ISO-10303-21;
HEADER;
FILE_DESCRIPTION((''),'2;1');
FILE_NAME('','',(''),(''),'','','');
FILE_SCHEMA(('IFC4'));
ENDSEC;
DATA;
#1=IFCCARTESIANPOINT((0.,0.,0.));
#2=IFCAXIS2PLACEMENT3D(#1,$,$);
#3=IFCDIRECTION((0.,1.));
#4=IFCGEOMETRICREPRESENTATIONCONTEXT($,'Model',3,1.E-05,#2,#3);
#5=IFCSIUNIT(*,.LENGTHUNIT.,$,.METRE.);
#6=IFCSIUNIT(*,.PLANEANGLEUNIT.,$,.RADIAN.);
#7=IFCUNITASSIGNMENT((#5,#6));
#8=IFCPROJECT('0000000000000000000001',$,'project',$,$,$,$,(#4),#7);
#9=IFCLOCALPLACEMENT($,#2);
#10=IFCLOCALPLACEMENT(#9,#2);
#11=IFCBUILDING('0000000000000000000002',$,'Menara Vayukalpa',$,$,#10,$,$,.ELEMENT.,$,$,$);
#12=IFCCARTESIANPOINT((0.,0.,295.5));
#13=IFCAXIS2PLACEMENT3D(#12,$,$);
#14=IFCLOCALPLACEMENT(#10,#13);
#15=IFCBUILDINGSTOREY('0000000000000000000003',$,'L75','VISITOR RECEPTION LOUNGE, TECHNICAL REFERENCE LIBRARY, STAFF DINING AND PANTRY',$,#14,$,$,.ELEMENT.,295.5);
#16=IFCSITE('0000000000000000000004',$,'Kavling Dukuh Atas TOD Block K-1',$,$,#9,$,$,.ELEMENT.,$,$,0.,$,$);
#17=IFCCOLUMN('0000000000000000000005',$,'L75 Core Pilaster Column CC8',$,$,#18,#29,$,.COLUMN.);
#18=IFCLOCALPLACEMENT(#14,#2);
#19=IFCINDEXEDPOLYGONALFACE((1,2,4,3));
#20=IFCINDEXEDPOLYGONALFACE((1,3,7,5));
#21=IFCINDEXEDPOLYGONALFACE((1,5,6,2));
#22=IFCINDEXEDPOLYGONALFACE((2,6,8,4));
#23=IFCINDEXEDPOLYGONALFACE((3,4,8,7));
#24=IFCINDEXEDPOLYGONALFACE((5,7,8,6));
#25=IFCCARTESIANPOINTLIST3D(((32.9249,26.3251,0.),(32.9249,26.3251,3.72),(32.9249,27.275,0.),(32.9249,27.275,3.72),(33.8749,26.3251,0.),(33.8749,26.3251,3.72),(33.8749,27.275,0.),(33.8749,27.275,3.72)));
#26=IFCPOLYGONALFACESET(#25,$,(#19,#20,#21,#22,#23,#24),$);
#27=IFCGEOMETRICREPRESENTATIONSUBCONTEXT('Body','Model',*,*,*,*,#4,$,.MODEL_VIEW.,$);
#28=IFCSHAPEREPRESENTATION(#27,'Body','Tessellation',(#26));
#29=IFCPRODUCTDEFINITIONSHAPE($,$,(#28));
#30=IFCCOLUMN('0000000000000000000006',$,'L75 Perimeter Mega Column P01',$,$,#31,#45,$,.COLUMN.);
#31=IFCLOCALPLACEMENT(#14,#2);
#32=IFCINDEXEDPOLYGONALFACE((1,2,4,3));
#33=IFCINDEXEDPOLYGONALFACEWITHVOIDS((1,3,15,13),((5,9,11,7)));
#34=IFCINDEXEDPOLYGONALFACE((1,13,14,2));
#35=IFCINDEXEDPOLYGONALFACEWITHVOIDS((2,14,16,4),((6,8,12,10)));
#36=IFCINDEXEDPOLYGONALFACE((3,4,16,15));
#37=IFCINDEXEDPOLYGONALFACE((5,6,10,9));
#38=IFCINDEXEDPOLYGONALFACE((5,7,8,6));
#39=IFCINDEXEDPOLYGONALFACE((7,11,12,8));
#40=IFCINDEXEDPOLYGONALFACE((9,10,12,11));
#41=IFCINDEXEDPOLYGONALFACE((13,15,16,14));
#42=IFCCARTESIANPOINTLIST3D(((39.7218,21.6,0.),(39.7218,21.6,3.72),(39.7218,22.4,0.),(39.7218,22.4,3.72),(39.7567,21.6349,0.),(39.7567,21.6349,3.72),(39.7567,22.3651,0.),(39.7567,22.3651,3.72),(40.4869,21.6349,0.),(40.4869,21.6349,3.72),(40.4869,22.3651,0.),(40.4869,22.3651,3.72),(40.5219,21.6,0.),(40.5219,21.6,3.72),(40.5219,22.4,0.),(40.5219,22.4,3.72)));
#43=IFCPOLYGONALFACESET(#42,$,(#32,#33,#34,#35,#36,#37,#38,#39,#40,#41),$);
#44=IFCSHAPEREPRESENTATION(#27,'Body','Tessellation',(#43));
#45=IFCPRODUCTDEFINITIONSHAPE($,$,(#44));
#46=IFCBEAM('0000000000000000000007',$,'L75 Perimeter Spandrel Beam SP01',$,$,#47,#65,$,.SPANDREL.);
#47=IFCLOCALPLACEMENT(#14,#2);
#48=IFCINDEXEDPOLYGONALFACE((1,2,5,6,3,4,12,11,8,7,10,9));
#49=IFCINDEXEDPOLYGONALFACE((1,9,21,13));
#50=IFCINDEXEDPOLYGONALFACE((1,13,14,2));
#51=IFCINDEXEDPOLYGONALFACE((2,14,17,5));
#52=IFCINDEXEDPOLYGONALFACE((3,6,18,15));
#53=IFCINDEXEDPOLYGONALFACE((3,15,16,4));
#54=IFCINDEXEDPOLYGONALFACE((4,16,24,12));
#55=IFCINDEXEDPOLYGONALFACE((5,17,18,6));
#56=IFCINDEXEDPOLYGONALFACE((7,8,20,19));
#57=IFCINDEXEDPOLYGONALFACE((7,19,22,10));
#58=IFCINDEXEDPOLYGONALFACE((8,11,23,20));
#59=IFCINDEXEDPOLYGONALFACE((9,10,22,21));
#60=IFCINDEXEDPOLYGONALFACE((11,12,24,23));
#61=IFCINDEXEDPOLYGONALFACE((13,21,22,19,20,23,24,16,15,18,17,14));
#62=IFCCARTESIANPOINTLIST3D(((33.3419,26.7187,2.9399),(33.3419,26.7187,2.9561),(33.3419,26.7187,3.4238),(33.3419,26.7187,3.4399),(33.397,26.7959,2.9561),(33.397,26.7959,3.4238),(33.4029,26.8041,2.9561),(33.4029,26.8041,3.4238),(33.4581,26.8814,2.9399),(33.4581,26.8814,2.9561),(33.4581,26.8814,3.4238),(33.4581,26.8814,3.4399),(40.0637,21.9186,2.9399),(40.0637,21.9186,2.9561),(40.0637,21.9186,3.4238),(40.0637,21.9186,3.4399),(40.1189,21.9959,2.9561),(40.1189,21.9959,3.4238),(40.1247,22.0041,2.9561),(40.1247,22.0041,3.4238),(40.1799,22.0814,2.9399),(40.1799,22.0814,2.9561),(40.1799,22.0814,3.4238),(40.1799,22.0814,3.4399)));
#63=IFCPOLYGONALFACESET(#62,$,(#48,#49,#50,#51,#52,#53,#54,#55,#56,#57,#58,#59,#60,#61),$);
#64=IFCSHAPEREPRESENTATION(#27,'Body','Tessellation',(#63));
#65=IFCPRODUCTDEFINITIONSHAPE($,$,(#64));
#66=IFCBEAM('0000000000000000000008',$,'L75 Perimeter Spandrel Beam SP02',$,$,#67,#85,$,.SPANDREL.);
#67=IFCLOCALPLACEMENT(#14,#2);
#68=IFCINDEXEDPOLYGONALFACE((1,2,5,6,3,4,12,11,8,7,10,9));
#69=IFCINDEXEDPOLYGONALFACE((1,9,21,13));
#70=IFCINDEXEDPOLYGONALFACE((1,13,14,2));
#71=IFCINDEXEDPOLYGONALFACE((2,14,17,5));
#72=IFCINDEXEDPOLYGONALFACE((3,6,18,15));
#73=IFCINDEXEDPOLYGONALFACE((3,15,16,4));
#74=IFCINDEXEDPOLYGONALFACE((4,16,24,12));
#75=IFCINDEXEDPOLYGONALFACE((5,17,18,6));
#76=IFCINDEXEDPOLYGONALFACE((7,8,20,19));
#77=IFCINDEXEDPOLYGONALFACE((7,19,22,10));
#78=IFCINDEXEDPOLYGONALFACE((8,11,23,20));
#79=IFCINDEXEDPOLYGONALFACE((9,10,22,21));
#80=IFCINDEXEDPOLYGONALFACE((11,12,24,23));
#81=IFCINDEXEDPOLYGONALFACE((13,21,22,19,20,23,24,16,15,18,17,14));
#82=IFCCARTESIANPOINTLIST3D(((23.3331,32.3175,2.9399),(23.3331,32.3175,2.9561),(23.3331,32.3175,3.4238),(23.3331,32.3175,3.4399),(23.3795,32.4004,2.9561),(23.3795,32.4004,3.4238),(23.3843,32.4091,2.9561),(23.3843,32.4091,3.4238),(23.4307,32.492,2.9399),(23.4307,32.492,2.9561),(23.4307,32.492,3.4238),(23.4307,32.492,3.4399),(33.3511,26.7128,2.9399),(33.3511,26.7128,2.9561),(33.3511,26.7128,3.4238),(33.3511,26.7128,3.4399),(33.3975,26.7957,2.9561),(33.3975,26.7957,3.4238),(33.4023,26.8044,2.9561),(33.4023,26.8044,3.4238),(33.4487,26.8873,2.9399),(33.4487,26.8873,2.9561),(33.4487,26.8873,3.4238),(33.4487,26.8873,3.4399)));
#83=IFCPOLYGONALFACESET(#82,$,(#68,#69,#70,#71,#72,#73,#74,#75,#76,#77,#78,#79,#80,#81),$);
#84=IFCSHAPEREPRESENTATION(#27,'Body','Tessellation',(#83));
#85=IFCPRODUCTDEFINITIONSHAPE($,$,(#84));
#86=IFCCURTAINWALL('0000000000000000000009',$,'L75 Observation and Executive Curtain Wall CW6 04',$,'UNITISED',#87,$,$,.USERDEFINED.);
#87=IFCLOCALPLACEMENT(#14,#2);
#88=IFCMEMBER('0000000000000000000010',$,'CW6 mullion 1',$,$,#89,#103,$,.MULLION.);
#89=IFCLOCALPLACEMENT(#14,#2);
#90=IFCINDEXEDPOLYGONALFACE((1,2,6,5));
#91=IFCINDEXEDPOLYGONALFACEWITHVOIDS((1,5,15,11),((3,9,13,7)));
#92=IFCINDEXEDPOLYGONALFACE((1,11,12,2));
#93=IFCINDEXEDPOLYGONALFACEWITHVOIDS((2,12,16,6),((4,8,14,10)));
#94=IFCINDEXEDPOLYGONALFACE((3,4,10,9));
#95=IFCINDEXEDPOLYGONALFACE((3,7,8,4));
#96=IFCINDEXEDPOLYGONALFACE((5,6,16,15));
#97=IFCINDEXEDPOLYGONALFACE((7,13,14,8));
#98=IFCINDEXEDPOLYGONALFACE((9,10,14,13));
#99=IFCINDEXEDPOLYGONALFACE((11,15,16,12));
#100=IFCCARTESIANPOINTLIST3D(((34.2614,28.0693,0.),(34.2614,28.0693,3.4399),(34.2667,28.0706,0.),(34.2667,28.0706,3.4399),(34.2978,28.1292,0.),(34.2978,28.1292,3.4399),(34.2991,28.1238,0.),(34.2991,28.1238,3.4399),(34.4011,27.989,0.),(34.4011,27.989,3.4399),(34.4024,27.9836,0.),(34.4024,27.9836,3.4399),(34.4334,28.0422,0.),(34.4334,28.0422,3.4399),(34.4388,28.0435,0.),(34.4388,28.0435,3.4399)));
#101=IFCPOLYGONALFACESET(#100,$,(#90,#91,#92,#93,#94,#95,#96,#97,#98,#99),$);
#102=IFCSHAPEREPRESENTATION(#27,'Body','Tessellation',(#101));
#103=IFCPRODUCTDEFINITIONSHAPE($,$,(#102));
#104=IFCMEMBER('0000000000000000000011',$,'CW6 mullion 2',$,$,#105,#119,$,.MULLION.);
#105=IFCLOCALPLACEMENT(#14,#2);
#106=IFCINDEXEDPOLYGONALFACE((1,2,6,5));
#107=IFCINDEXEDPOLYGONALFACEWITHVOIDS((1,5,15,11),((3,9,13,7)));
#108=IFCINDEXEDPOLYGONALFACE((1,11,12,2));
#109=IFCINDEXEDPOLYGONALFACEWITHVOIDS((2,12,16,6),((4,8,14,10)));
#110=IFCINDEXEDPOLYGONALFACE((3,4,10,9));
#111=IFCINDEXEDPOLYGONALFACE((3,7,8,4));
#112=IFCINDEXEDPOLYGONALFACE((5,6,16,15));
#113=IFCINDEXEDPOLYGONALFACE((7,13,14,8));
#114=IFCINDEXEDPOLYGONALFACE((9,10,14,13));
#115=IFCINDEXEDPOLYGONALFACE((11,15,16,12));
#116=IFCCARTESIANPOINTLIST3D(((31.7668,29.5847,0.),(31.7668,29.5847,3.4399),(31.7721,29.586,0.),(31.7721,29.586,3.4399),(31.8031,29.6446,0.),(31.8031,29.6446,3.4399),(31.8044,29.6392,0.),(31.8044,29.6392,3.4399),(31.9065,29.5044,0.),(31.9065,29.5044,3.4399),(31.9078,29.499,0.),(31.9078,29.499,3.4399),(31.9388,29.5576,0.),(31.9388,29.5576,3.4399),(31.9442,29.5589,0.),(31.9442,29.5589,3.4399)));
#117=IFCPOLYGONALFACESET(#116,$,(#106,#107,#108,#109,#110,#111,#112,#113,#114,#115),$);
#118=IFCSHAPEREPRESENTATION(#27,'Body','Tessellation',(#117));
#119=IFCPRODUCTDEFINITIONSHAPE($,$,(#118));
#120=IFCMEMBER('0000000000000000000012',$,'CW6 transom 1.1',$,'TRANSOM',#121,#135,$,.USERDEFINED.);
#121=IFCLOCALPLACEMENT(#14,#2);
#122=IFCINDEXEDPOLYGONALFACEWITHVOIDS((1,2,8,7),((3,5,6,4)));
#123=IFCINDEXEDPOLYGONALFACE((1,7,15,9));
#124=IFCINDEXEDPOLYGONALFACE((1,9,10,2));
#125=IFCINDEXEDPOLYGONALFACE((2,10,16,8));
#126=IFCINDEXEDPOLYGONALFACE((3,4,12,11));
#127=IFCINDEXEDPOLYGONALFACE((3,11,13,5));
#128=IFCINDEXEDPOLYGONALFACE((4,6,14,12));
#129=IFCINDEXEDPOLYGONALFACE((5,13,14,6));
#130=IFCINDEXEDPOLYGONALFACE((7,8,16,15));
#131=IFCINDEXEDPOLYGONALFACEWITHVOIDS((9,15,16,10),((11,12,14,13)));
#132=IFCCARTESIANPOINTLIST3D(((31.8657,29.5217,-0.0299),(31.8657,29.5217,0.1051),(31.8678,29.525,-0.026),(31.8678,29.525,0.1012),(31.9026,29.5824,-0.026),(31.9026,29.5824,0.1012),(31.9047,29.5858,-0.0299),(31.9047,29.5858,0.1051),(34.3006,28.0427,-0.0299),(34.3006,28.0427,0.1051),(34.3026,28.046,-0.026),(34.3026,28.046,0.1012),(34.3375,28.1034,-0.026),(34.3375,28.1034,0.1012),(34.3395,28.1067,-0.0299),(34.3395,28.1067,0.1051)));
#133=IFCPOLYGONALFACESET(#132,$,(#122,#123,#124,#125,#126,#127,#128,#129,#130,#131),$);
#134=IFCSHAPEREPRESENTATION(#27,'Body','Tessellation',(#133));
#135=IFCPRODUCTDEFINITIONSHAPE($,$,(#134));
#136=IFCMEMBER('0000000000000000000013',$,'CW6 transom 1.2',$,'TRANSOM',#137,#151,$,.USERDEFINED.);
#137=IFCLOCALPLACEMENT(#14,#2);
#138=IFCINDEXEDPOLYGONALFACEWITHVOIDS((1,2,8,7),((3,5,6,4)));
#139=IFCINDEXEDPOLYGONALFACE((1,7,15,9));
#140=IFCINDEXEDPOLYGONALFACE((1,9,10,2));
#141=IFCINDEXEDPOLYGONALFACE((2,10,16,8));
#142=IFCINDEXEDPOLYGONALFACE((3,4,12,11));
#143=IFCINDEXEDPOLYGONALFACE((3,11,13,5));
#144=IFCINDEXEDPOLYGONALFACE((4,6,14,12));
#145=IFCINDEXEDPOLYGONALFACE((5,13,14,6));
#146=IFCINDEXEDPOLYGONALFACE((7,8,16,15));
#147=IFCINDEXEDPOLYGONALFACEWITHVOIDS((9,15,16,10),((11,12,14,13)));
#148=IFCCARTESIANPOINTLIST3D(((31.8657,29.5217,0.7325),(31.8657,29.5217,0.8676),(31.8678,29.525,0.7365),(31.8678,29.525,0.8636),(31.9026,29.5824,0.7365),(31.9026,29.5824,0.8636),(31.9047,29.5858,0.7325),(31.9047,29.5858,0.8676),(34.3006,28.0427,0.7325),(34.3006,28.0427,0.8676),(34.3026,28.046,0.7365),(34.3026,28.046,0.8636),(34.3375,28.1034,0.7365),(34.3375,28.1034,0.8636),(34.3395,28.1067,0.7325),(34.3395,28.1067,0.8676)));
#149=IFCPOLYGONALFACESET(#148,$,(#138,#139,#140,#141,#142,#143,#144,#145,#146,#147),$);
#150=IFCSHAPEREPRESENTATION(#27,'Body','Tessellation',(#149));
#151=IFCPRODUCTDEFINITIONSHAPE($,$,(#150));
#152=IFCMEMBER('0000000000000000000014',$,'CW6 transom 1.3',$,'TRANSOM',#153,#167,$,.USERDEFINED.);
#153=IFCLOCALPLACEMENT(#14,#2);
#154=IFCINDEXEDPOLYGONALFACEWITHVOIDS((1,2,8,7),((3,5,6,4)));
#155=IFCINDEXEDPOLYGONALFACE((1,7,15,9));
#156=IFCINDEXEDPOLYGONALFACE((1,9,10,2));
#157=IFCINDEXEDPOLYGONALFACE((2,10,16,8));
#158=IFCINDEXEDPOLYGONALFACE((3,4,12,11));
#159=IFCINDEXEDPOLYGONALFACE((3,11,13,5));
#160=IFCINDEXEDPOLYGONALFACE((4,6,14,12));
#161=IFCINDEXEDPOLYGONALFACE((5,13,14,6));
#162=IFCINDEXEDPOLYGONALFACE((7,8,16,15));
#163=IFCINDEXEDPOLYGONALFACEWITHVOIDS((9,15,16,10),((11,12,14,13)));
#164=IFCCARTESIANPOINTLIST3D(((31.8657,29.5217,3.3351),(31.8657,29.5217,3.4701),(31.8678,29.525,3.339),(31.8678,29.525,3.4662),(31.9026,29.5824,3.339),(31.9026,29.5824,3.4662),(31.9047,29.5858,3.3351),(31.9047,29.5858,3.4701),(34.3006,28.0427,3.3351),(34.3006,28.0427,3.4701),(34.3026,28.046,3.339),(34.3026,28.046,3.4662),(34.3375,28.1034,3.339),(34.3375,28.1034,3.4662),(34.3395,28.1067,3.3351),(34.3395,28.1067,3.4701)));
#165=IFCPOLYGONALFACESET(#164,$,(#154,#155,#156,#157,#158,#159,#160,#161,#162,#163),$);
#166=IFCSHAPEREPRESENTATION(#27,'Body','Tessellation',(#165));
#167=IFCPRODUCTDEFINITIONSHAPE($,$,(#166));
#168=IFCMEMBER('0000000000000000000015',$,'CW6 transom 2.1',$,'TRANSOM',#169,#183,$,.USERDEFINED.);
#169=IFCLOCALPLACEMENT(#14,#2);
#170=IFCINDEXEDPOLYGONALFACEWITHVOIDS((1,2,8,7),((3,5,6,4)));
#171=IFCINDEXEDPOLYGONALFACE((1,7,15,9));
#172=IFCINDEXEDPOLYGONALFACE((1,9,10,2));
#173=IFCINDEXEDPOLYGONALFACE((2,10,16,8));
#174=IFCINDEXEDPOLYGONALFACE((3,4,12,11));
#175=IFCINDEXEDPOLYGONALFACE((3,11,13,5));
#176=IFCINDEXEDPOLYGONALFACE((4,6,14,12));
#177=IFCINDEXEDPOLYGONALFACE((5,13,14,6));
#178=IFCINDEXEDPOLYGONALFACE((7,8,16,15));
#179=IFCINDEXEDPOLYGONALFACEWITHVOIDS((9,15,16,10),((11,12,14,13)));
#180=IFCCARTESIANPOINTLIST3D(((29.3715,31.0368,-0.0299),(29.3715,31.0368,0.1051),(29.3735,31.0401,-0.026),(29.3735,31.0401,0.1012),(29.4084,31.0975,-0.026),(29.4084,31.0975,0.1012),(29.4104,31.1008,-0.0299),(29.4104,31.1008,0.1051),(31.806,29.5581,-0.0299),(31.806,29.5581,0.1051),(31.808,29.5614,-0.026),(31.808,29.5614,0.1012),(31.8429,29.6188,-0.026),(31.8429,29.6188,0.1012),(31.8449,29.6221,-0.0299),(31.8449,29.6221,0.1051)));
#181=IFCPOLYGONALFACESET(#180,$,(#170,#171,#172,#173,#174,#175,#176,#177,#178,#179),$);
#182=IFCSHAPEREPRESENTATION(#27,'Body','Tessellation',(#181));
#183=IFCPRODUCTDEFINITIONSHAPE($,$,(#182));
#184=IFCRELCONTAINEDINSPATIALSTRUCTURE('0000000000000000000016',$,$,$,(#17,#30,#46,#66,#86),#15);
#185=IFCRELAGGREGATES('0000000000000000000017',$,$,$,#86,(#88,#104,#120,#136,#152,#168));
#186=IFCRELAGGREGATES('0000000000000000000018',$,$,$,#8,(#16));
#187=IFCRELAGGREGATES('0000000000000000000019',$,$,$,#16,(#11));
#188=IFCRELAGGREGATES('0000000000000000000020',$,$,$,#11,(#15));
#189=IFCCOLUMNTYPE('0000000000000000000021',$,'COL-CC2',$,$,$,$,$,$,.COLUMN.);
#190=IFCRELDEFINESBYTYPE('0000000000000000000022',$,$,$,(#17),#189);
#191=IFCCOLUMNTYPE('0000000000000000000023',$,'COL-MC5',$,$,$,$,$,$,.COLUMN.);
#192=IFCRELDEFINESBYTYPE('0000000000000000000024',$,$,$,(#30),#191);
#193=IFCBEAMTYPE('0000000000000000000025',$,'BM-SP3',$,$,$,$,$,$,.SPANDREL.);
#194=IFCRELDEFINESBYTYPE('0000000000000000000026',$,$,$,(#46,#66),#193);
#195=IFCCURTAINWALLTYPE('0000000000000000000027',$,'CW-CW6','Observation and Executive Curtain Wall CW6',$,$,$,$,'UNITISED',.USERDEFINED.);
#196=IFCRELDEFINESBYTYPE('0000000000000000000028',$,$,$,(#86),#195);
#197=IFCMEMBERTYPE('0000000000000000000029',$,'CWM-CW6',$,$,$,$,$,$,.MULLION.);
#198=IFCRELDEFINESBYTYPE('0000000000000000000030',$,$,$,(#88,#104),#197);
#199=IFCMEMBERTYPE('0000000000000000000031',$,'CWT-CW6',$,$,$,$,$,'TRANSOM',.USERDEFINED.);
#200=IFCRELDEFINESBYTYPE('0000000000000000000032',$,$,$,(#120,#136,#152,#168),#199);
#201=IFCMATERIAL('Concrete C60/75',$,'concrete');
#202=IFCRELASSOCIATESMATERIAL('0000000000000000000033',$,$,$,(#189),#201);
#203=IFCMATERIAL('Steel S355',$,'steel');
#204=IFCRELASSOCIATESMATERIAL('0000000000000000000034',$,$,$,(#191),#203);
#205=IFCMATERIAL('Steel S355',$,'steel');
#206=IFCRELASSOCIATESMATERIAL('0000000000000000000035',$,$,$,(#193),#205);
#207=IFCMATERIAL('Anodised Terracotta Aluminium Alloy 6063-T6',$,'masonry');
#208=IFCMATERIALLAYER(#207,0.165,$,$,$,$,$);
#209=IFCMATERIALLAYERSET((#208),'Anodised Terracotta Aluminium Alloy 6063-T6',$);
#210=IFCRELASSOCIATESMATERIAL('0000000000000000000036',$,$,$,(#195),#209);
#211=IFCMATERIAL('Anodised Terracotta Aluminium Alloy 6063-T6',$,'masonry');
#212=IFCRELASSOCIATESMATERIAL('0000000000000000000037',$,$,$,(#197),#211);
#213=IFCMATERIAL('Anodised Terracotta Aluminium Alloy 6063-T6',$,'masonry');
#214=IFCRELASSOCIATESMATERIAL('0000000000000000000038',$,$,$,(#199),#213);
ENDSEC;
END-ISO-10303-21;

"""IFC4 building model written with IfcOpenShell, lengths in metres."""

from ifc_helpers import new_model, si_unit, direction, frame, origin, origin_2d, place, context, subcontext, project, spatial, rectangle, hollow_rectangle, i_section, extrude, material, layer, layer_set, material_profile, profile_set, type_object, element, aggregate, save


model = new_model("IFC4")

# Units and contexts
model_context = context("Model", 3, precision=1e-05, world=origin(), true_north=direction((0.0, 1.0)))
body_context = subcontext(model_context, "Body", "Model", "MODEL_VIEW")
ifc_project = project(units=[si_unit("LENGTHUNIT", "METRE"), si_unit("PLANEANGLEUNIT", "RADIAN")], contexts=[model_context])

# Site, building, storey
site_placement = place(None, origin())
site = spatial("IfcSite", under=ifc_project, at=site_placement, Name="Kavling Dukuh Atas TOD Block K-1", CompositionType="ELEMENT", RefElevation=0.0)
building_placement = place(site_placement, origin())
building = spatial("IfcBuilding", under=site, at=building_placement, Name="Menara Vayukalpa", CompositionType="ELEMENT")
storey_placement = place(building_placement, frame((0.0, 0.0, 295.5)))
storey = spatial("IfcBuildingStorey", under=building, at=storey_placement, Name="L75", Description="VISITOR RECEPTION LOUNGE, TECHNICAL REFERENCE LIBRARY, STAFF DINING AND PANTRY", CompositionType="ELEMENT", Elevation=295.5)

# Columns
ifc_material_1 = material(Name="Concrete C60/75", Category="concrete")
ifc_material_profile_1 = material_profile(ifc_material_1, rectangle(XDim=0.95, YDim=0.95, at=origin_2d()), Name="RC 950x950")
ifc_profile_set_1 = profile_set([ifc_material_profile_1], Name="Concrete C60/75")
column_type_1 = type_object("IfcColumnType", Name="COL-CC2", PredefinedType="COLUMN", material=ifc_profile_set_1)
column_1_placement = place(storey_placement, frame((33.3999, 26.8, 0.0), z_axis=(0.0, 0.0, 1.0), x_axis=(1.0, 0.0, 0.0)))
element("IfcColumn", 1, at=column_1_placement, inside=storey, type_object=column_type_1, Name="L75 Core Pilaster Column CC8", PredefinedType="COLUMN", context=body_context, shape_type="SweptSolid", body=[
    extrude(rectangle(XDim=0.95, YDim=0.95, at=origin_2d()), origin(), (0.0, 0.0, 1.0), 3.72),
])
ifc_material_2 = material(Name="Steel S355", Category="steel")
ifc_material_profile_2 = material_profile(ifc_material_2, hollow_rectangle(XDim=0.8, YDim=0.8, WallThickness=0.0349, at=origin_2d()), Name="BOX 800x800x35")
ifc_profile_set_2 = profile_set([ifc_material_profile_2], Name="Steel S355")
column_type_2 = type_object("IfcColumnType", Name="COL-MC5", PredefinedType="COLUMN", material=ifc_profile_set_2)
column_2_placement = place(storey_placement, frame((40.1218, 22.0, 0.0), z_axis=(0.0, 0.0, 1.0), x_axis=(1.0, 0.0, 0.0)))
element("IfcColumn", 2, at=column_2_placement, inside=storey, type_object=column_type_2, Name="L75 Perimeter Mega Column P01", PredefinedType="COLUMN", context=body_context, shape_type="SweptSolid", body=[
    extrude(hollow_rectangle(XDim=0.8, YDim=0.8, WallThickness=0.0349, at=origin_2d()), origin(), (0.0, 0.0, 1.0), 3.72),
])

# Beams
ifc_material_3 = material(Name="Steel S355", Category="steel")
ifc_material_profile_3 = material_profile(ifc_material_3, i_section(OverallWidth=0.2, OverallDepth=0.5, WebThickness=0.01, FlangeThickness=0.0161, at=origin_2d()), Name="WF 500x200x10x16")
ifc_profile_set_3 = profile_set([ifc_material_profile_3], Name="Steel S355")
beam_type = type_object("IfcBeamType", Name="BM-SP3", PredefinedType="SPANDREL", material=ifc_profile_set_3)
beam_1_placement = place(storey_placement, frame((40.1218, 22.0, 3.1899), z_axis=(-0.813809, 0.581132, 0.0), x_axis=(-0.581132, -0.813809, 0.0)))
element("IfcBeam", 3, at=beam_1_placement, inside=storey, type_object=beam_type, Name="L75 Perimeter Spandrel Beam SP01", PredefinedType="SPANDREL", context=body_context, shape_type="SweptSolid", body=[
    extrude(i_section(OverallWidth=0.2, OverallDepth=0.5, WebThickness=0.01, FlangeThickness=0.0161, at=origin_2d()), origin(), (0.0, 0.0, 1.0), 8.2598),
])
beam_2_placement = place(storey_placement, frame((33.3999, 26.8, 3.1899), z_axis=(-0.872706, 0.488246, 0.0), x_axis=(-0.488246, -0.872706, 0.0)))
element("IfcBeam", 4, at=beam_2_placement, inside=storey, type_object=beam_type, Name="L75 Perimeter Spandrel Beam SP02", PredefinedType="SPANDREL", context=body_context, shape_type="SweptSolid", body=[
    extrude(i_section(OverallWidth=0.2, OverallDepth=0.5, WebThickness=0.01, FlangeThickness=0.0161, at=origin_2d()), origin(), (0.0, 0.0, 1.0), 11.4792),
])

# Curtain wall, members
ifc_material_4 = material(Name="Anodised Terracotta Aluminium Alloy 6063-T6", Category="masonry")
ifc_layer_1 = layer(ifc_material_4, 0.165)
ifc_layer_set_1 = layer_set([ifc_layer_1], Name="Anodised Terracotta Aluminium Alloy 6063-T6")
curtain_wall_type = type_object("IfcCurtainWallType", Name="CW-CW6", Description="Observation and Executive Curtain Wall CW6", ElementType="UNITISED", PredefinedType="USERDEFINED", material=ifc_layer_set_1)
curtain_wall_placement = place(storey_placement, origin())
curtain_wall = element("IfcCurtainWall", 5, at=curtain_wall_placement, inside=storey, type_object=curtain_wall_type, Name="L75 Observation and Executive Curtain Wall CW6 04", ObjectType="UNITISED", PredefinedType="USERDEFINED")
ifc_material_5 = material(Name="Anodised Terracotta Aluminium Alloy 6063-T6", Category="masonry")
ifc_material_profile_4 = material_profile(ifc_material_5, hollow_rectangle(XDim=0.0701, YDim=0.165, WallThickness=0.0039, at=origin_2d()), Name="ALU 70x165x4")
ifc_profile_set_4 = profile_set([ifc_material_profile_4], Name="Anodised Terracotta Aluminium Alloy 6063-T6")
member_type_1 = type_object("IfcMemberType", Name="CWM-CW6", PredefinedType="MULLION", material=ifc_profile_set_4)
member_1_placement = place(storey_placement, frame((34.3501, 28.0564, 0.0), z_axis=(0.0, 0.0, 1.0), x_axis=(-0.519176, -0.854668, 0.0)))
member_1 = element("IfcMember", 6, at=member_1_placement, type_object=member_type_1, Name="CW6 mullion 1", PredefinedType="MULLION", context=body_context, shape_type="SweptSolid", body=[
    extrude(hollow_rectangle(XDim=0.0701, YDim=0.165, WallThickness=0.0039, at=origin_2d()), origin(), (0.0, 0.0, 1.0), 3.4399),
])
member_2_placement = place(storey_placement, frame((31.8555, 29.5718, 0.0), z_axis=(0.0, 0.0, 1.0), x_axis=(-0.519176, -0.854668, 0.0)))
member_2 = element("IfcMember", 7, at=member_2_placement, type_object=member_type_1, Name="CW6 mullion 2", PredefinedType="MULLION", context=body_context, shape_type="SweptSolid", body=[
    extrude(hollow_rectangle(XDim=0.0701, YDim=0.165, WallThickness=0.0039, at=origin_2d()), origin(), (0.0, 0.0, 1.0), 3.4399),
])
ifc_material_6 = material(Name="Anodised Terracotta Aluminium Alloy 6063-T6", Category="masonry")
ifc_material_profile_5 = material_profile(ifc_material_6, hollow_rectangle(XDim=0.075, YDim=0.135, WallThickness=0.0039, at=origin_2d()), Name="ALU 75x135x4")
ifc_profile_set_5 = profile_set([ifc_material_profile_5], Name="Anodised Terracotta Aluminium Alloy 6063-T6")
member_type_2 = type_object("IfcMemberType", Name="CWT-CW6", ElementType="TRANSOM", PredefinedType="USERDEFINED", material=ifc_profile_set_5)
member_3_placement = place(storey_placement, frame((34.3201, 28.0747, 0.0376), z_axis=(-0.854675, 0.519164, 0.0), x_axis=(-0.519164, -0.854675, 0.0)))
member_3 = element("IfcMember", 8, at=member_3_placement, type_object=member_type_2, Name="CW6 transom 1.1", ObjectType="TRANSOM", PredefinedType="USERDEFINED", context=body_context, shape_type="SweptSolid", body=[
    extrude(hollow_rectangle(XDim=0.075, YDim=0.135, WallThickness=0.0039, at=origin_2d()), origin(), (0.0, 0.0, 1.0), 2.8489),
])
member_4_placement = place(storey_placement, frame((34.3201, 28.0747, 0.8), z_axis=(-0.854675, 0.519164, 0.0), x_axis=(-0.519164, -0.854675, 0.0)))
member_4 = element("IfcMember", 9, at=member_4_placement, type_object=member_type_2, Name="CW6 transom 1.2", ObjectType="TRANSOM", PredefinedType="USERDEFINED", context=body_context, shape_type="SweptSolid", body=[
    extrude(hollow_rectangle(XDim=0.075, YDim=0.135, WallThickness=0.0039, at=origin_2d()), origin(), (0.0, 0.0, 1.0), 2.8489),
])
member_5_placement = place(storey_placement, frame((34.3201, 28.0747, 3.4026), z_axis=(-0.854675, 0.519164, 0.0), x_axis=(-0.519164, -0.854675, 0.0)))
member_5 = element("IfcMember", 10, at=member_5_placement, type_object=member_type_2, Name="CW6 transom 1.3", ObjectType="TRANSOM", PredefinedType="USERDEFINED", context=body_context, shape_type="SweptSolid", body=[
    extrude(hollow_rectangle(XDim=0.075, YDim=0.135, WallThickness=0.0039, at=origin_2d()), origin(), (0.0, 0.0, 1.0), 2.8489),
])
member_6_placement = place(storey_placement, frame((31.8254, 29.5901, 0.0376), z_axis=(-0.85469, 0.519139, 0.0), x_axis=(-0.519139, -0.85469, 0.0)))
member_6 = element("IfcMember", 11, at=member_6_placement, type_object=member_type_2, Name="CW6 transom 2.1", ObjectType="TRANSOM", PredefinedType="USERDEFINED", context=body_context, shape_type="SweptSolid", body=[
    extrude(hollow_rectangle(XDim=0.075, YDim=0.135, WallThickness=0.0039, at=origin_2d()), origin(), (0.0, 0.0, 1.0), 2.8484),
])
aggregate(curtain_wall, [member_1, member_2, member_3, member_4, member_5, member_6])

save(model, "model.ifc")
